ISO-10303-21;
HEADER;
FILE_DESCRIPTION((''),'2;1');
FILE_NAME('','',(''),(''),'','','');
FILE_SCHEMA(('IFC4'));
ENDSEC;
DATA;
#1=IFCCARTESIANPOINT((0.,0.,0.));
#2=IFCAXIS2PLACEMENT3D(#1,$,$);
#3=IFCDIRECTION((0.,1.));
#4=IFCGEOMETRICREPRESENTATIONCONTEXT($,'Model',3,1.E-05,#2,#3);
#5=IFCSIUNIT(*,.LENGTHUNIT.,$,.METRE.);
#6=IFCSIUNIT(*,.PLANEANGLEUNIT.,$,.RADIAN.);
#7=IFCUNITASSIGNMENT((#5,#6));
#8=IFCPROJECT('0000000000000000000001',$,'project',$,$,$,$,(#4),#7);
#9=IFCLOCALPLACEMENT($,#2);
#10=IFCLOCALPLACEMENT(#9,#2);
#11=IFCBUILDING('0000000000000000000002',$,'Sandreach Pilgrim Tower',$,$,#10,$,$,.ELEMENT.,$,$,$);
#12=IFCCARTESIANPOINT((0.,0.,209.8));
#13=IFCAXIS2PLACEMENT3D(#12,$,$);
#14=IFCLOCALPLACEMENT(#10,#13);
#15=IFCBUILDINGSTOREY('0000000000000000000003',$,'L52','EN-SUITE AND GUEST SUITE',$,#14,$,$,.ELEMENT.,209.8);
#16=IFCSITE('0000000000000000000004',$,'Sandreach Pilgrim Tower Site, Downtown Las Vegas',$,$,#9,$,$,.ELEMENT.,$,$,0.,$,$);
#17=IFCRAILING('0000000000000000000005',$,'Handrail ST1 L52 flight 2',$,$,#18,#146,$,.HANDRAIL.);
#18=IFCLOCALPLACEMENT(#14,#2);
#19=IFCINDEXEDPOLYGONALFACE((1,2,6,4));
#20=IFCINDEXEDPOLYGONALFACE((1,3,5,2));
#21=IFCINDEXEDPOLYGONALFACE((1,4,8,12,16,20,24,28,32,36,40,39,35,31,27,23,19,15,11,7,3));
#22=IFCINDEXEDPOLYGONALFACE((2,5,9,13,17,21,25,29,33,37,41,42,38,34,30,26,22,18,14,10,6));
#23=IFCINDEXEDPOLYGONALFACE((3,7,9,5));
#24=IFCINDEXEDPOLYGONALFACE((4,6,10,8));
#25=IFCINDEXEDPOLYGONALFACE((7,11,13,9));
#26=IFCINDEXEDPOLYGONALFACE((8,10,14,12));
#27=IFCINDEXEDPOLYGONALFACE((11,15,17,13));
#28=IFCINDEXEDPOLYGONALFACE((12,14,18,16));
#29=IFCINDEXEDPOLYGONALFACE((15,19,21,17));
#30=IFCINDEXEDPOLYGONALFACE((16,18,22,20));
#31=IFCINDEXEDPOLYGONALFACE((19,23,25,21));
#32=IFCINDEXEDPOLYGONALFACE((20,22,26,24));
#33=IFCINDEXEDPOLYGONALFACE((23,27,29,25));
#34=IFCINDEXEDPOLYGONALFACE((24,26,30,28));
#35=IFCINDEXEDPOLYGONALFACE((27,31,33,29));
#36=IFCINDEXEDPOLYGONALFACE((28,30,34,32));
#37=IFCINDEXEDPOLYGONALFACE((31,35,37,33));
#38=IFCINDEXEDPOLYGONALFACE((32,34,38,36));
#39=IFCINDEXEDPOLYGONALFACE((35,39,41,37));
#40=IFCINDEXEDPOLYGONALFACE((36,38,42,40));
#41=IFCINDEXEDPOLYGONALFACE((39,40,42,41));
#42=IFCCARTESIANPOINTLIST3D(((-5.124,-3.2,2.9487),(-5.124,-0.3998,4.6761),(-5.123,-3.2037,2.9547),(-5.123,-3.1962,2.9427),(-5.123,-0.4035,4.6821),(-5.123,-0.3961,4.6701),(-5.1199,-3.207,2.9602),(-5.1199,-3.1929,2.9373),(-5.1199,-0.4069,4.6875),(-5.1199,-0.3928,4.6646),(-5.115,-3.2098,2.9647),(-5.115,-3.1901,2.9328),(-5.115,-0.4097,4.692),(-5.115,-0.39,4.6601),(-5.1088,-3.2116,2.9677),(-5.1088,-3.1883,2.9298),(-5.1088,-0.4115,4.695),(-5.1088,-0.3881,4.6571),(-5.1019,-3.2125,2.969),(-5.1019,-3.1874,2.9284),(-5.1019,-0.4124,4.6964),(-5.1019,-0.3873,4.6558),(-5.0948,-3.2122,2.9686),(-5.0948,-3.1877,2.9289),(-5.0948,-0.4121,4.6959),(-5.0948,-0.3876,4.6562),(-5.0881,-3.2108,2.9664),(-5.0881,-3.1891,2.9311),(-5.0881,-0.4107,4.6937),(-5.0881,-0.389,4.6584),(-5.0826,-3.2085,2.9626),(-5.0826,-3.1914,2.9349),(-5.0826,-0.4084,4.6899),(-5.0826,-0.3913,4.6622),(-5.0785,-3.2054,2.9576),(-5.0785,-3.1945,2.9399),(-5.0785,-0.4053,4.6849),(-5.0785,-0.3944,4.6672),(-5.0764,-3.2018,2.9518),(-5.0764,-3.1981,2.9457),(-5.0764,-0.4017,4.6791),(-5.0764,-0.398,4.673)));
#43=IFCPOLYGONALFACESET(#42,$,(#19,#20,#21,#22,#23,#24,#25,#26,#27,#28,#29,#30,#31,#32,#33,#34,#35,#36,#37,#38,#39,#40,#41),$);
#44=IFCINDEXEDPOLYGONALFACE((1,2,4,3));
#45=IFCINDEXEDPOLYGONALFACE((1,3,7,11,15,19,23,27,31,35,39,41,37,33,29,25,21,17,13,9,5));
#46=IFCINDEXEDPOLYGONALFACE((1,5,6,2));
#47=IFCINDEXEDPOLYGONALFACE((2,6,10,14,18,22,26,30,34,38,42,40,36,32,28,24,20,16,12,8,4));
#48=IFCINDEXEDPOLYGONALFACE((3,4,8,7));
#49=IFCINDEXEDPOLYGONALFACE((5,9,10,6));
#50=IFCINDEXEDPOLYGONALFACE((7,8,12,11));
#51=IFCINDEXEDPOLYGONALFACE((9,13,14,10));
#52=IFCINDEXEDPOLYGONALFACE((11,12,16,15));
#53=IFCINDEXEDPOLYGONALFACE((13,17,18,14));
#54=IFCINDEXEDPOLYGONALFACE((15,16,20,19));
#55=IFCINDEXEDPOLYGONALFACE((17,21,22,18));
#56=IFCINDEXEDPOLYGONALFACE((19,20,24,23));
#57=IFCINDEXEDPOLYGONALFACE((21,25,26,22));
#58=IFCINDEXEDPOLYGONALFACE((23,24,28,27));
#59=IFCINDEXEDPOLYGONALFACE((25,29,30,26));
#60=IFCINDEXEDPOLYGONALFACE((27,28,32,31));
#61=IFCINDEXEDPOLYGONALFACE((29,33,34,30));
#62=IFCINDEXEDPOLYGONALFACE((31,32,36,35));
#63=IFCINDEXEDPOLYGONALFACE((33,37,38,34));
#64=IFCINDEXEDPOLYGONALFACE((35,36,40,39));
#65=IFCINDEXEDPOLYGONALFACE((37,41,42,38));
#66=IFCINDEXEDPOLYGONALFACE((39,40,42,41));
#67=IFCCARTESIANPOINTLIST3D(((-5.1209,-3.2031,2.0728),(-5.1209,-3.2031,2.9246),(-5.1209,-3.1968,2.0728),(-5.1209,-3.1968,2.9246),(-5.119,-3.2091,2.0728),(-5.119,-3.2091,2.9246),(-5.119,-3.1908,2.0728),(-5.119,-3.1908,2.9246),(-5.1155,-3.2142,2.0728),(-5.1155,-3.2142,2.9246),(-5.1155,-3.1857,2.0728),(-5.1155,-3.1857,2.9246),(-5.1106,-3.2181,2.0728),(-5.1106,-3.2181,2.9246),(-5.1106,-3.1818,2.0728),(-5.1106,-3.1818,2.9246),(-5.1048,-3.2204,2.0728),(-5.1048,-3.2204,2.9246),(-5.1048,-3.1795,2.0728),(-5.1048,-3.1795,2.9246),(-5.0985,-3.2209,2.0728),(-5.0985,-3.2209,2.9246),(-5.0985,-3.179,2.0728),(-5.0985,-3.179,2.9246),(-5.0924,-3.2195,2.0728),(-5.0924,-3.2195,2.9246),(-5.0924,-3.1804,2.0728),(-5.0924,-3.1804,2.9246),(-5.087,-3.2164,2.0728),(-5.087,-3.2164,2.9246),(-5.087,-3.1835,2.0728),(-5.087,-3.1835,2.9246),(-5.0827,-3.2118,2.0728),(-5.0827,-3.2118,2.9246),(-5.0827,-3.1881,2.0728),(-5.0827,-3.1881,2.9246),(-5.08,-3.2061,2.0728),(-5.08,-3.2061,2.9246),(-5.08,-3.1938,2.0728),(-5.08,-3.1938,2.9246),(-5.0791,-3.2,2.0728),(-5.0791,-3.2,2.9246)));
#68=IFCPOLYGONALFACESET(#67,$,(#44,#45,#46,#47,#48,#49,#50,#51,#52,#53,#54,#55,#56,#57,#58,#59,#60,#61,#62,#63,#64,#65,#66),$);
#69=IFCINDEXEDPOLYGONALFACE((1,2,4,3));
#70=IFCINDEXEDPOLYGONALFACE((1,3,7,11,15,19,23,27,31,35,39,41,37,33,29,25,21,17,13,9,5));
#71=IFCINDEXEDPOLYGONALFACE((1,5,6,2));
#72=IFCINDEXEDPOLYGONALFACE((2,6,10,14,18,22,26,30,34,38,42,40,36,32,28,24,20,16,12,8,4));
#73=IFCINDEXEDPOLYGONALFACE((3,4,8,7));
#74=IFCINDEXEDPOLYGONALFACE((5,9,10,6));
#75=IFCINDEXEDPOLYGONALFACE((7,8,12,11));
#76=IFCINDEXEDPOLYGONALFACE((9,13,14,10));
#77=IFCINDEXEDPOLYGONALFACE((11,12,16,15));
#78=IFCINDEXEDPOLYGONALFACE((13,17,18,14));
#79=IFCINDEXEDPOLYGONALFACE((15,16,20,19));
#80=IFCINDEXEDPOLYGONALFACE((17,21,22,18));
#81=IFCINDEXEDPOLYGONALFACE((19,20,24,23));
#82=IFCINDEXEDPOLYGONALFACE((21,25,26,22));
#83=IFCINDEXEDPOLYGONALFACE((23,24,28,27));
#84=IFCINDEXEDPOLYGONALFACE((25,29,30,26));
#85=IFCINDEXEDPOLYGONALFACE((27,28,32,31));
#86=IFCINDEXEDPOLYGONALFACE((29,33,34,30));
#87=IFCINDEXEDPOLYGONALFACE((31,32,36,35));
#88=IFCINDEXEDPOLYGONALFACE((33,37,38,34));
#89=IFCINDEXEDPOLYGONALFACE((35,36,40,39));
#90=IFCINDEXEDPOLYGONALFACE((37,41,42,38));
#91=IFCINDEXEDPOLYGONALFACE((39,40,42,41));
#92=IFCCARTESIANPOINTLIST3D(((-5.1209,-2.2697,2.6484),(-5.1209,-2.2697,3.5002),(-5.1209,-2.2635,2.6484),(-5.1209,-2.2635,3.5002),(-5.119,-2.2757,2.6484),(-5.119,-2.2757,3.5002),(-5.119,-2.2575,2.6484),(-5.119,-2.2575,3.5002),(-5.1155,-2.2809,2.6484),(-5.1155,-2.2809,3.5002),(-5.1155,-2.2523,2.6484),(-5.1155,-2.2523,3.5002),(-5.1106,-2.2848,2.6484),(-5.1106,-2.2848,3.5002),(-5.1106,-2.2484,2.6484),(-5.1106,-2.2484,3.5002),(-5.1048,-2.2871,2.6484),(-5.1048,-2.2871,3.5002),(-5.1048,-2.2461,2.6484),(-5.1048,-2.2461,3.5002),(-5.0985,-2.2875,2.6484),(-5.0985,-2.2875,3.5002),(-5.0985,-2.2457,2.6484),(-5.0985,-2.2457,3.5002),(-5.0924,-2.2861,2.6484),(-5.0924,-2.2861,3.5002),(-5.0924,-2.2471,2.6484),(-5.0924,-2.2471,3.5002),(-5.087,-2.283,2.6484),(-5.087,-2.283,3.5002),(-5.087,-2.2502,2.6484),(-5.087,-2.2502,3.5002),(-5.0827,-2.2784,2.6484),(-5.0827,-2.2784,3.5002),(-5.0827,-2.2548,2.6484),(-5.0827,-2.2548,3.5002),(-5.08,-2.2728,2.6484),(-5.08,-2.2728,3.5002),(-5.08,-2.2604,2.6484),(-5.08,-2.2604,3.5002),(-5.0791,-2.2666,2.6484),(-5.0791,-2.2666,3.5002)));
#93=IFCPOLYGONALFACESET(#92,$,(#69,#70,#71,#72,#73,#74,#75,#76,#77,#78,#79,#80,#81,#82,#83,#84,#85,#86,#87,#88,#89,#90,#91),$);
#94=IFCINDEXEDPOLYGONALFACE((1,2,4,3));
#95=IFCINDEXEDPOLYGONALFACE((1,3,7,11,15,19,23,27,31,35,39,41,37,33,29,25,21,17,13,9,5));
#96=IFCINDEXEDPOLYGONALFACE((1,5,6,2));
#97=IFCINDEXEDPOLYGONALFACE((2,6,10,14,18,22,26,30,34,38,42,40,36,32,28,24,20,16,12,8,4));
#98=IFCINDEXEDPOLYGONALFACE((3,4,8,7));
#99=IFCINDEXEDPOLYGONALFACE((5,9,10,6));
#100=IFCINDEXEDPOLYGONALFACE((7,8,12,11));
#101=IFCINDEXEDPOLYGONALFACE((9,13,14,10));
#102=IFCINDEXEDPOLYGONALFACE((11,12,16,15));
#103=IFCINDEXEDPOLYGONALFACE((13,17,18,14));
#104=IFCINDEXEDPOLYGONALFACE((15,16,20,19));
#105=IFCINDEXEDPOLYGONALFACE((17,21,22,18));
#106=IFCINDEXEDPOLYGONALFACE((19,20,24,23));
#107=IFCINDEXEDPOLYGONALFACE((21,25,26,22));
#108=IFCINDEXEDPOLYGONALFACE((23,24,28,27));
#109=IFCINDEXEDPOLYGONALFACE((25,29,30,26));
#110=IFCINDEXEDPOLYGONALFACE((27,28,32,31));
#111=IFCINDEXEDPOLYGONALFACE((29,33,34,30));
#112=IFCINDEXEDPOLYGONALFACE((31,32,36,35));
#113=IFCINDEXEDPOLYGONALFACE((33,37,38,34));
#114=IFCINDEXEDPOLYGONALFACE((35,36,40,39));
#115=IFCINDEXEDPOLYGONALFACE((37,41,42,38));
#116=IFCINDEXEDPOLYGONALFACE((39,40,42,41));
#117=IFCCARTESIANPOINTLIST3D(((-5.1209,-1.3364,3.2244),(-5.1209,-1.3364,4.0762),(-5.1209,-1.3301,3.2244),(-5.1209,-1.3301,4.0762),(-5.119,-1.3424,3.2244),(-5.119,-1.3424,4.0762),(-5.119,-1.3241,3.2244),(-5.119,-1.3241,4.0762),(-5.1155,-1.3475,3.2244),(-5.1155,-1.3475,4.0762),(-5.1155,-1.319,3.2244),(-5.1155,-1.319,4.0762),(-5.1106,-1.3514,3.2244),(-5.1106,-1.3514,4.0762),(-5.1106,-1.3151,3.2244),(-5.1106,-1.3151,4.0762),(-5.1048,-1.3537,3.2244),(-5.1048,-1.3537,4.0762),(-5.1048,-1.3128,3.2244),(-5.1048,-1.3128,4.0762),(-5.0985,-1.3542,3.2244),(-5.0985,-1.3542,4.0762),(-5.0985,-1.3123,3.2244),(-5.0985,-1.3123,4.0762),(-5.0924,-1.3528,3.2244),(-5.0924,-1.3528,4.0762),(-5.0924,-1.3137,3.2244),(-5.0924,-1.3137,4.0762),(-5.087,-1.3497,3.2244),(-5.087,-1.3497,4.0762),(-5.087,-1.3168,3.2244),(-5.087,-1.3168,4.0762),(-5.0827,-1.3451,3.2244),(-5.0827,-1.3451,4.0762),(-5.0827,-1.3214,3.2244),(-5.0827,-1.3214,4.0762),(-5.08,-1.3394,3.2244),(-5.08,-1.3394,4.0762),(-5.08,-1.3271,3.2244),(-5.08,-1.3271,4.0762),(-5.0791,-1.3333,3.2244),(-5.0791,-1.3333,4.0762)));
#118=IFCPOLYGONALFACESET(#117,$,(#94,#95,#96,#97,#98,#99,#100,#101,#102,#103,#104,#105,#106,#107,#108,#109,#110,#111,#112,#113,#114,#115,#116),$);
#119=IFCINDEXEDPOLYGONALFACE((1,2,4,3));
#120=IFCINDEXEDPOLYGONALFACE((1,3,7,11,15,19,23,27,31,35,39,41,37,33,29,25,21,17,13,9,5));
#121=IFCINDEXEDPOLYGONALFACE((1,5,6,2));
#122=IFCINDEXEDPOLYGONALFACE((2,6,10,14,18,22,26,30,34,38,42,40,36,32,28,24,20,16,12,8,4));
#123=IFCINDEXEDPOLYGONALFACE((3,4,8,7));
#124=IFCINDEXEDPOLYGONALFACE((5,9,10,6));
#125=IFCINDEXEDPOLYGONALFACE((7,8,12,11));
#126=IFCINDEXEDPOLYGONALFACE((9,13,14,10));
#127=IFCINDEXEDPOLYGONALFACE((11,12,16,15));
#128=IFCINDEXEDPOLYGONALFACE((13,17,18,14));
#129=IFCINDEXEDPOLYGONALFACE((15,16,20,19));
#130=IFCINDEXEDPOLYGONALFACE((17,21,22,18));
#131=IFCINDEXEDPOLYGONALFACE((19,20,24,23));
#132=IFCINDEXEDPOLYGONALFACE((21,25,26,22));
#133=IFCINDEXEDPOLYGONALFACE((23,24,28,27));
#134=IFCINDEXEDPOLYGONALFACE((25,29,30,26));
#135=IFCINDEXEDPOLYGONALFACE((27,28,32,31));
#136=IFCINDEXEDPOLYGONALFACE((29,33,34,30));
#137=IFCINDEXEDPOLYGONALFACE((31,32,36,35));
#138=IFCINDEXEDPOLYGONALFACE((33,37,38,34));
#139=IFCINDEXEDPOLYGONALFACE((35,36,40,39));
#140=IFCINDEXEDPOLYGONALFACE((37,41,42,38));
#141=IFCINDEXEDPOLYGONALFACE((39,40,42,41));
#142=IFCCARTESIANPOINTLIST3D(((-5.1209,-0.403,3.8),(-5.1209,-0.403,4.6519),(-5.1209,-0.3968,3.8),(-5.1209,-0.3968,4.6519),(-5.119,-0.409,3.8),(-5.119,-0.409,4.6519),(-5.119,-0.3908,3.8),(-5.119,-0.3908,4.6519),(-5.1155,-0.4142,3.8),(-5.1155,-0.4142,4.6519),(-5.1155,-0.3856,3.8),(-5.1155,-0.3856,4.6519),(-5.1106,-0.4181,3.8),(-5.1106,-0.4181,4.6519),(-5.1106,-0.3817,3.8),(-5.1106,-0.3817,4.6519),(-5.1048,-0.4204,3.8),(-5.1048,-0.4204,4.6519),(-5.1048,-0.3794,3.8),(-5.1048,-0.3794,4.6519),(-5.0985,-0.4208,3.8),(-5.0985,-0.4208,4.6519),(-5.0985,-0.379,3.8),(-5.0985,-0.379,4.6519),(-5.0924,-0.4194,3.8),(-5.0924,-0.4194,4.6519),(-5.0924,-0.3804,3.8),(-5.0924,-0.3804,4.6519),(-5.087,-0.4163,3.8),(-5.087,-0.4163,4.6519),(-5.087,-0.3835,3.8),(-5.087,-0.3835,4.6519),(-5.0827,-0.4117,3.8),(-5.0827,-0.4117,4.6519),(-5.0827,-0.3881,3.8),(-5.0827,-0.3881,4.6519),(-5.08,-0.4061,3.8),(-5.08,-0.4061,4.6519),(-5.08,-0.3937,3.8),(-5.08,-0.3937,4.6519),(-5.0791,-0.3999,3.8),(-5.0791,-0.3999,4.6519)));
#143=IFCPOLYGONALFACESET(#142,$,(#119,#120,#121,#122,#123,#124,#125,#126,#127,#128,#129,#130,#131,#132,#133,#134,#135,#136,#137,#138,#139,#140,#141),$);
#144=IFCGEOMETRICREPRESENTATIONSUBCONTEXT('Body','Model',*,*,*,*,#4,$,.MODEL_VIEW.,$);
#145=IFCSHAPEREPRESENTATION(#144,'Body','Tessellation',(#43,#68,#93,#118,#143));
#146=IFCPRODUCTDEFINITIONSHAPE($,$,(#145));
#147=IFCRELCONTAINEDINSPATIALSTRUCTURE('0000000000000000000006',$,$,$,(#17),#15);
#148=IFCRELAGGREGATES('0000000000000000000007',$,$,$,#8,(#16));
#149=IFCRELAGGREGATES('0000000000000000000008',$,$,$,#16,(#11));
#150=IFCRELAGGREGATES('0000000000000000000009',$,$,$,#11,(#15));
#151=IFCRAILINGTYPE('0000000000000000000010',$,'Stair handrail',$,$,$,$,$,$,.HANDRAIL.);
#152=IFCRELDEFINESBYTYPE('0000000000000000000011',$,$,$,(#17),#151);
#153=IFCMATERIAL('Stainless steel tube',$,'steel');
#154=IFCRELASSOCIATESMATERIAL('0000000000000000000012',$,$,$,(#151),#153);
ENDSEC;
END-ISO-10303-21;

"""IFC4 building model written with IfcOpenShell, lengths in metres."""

from ifc_helpers import new_model, si_unit, direction, frame, origin, origin_2d, place, context, subcontext, project, spatial, circle, extrude, material, type_object, element, save


model = new_model("IFC4")

# Units and contexts
model_context = context("Model", 3, precision=1e-05, world=origin(), true_north=direction((0.0, 1.0)))
body_context = subcontext(model_context, "Body", "Model", "MODEL_VIEW")
ifc_project = project(units=[si_unit("LENGTHUNIT", "METRE"), si_unit("PLANEANGLEUNIT", "RADIAN")], contexts=[model_context])

# Site, building, storey
site_placement = place(None, origin())
site = spatial("IfcSite", under=ifc_project, at=site_placement, Name="Sandreach Pilgrim Tower Site, Downtown Las Vegas", CompositionType="ELEMENT", RefElevation=0.0)
building_placement = place(site_placement, origin())
building = spatial("IfcBuilding", under=site, at=building_placement, Name="Sandreach Pilgrim Tower", CompositionType="ELEMENT")
storey_placement = place(building_placement, frame((0.0, 0.0, 209.8)))
storey = spatial("IfcBuildingStorey", under=building, at=storey_placement, Name="L52", Description="EN-SUITE AND GUEST SUITE", CompositionType="ELEMENT", Elevation=209.8)

# Railing
ifc_material_1 = material(Name="Stainless steel tube", Category="steel")
railing_type = type_object("IfcRailingType", Name="Stair handrail", PredefinedType="HANDRAIL", material=ifc_material_1)
for number, where, name in (
    (1, (-5.1001, -3.2, 2.0728), "Handrail ST1 L52 flight 2"),
):
    element("IfcRailing", number, at=place(storey_placement, frame(where)), inside=storey, type_object=railing_type, Name=name, PredefinedType="HANDRAIL", context=body_context, shape_type="SweptSolid", body=[
        extrude(circle(Radius=0.0239, at=origin_2d()), frame((0.0, 0.0, 0.876), z_axis=(0.0, 0.85109, 0.52502), x_axis=(-1.0, 0.0, 0.0)), (0.0, 0.0, 1.0), 3.29),
        extrude(circle(Radius=0.021, at=origin_2d()), origin(), (0.0, 0.0, 1.0), 0.8518),
        extrude(circle(Radius=0.021, at=origin_2d()), frame((0.0, 0.9333, 0.5757)), (0.0, 0.0, 1.0), 0.8518),
        extrude(circle(Radius=0.021, at=origin_2d()), frame((0.0, 1.8667, 1.1516)), (0.0, 0.0, 1.0), 0.8518),
        extrude(circle(Radius=0.021, at=origin_2d()), frame((0.0, 2.8, 1.7273)), (0.0, 0.0, 1.0), 0.8518),
    ])

save(model, "model.ifc")
